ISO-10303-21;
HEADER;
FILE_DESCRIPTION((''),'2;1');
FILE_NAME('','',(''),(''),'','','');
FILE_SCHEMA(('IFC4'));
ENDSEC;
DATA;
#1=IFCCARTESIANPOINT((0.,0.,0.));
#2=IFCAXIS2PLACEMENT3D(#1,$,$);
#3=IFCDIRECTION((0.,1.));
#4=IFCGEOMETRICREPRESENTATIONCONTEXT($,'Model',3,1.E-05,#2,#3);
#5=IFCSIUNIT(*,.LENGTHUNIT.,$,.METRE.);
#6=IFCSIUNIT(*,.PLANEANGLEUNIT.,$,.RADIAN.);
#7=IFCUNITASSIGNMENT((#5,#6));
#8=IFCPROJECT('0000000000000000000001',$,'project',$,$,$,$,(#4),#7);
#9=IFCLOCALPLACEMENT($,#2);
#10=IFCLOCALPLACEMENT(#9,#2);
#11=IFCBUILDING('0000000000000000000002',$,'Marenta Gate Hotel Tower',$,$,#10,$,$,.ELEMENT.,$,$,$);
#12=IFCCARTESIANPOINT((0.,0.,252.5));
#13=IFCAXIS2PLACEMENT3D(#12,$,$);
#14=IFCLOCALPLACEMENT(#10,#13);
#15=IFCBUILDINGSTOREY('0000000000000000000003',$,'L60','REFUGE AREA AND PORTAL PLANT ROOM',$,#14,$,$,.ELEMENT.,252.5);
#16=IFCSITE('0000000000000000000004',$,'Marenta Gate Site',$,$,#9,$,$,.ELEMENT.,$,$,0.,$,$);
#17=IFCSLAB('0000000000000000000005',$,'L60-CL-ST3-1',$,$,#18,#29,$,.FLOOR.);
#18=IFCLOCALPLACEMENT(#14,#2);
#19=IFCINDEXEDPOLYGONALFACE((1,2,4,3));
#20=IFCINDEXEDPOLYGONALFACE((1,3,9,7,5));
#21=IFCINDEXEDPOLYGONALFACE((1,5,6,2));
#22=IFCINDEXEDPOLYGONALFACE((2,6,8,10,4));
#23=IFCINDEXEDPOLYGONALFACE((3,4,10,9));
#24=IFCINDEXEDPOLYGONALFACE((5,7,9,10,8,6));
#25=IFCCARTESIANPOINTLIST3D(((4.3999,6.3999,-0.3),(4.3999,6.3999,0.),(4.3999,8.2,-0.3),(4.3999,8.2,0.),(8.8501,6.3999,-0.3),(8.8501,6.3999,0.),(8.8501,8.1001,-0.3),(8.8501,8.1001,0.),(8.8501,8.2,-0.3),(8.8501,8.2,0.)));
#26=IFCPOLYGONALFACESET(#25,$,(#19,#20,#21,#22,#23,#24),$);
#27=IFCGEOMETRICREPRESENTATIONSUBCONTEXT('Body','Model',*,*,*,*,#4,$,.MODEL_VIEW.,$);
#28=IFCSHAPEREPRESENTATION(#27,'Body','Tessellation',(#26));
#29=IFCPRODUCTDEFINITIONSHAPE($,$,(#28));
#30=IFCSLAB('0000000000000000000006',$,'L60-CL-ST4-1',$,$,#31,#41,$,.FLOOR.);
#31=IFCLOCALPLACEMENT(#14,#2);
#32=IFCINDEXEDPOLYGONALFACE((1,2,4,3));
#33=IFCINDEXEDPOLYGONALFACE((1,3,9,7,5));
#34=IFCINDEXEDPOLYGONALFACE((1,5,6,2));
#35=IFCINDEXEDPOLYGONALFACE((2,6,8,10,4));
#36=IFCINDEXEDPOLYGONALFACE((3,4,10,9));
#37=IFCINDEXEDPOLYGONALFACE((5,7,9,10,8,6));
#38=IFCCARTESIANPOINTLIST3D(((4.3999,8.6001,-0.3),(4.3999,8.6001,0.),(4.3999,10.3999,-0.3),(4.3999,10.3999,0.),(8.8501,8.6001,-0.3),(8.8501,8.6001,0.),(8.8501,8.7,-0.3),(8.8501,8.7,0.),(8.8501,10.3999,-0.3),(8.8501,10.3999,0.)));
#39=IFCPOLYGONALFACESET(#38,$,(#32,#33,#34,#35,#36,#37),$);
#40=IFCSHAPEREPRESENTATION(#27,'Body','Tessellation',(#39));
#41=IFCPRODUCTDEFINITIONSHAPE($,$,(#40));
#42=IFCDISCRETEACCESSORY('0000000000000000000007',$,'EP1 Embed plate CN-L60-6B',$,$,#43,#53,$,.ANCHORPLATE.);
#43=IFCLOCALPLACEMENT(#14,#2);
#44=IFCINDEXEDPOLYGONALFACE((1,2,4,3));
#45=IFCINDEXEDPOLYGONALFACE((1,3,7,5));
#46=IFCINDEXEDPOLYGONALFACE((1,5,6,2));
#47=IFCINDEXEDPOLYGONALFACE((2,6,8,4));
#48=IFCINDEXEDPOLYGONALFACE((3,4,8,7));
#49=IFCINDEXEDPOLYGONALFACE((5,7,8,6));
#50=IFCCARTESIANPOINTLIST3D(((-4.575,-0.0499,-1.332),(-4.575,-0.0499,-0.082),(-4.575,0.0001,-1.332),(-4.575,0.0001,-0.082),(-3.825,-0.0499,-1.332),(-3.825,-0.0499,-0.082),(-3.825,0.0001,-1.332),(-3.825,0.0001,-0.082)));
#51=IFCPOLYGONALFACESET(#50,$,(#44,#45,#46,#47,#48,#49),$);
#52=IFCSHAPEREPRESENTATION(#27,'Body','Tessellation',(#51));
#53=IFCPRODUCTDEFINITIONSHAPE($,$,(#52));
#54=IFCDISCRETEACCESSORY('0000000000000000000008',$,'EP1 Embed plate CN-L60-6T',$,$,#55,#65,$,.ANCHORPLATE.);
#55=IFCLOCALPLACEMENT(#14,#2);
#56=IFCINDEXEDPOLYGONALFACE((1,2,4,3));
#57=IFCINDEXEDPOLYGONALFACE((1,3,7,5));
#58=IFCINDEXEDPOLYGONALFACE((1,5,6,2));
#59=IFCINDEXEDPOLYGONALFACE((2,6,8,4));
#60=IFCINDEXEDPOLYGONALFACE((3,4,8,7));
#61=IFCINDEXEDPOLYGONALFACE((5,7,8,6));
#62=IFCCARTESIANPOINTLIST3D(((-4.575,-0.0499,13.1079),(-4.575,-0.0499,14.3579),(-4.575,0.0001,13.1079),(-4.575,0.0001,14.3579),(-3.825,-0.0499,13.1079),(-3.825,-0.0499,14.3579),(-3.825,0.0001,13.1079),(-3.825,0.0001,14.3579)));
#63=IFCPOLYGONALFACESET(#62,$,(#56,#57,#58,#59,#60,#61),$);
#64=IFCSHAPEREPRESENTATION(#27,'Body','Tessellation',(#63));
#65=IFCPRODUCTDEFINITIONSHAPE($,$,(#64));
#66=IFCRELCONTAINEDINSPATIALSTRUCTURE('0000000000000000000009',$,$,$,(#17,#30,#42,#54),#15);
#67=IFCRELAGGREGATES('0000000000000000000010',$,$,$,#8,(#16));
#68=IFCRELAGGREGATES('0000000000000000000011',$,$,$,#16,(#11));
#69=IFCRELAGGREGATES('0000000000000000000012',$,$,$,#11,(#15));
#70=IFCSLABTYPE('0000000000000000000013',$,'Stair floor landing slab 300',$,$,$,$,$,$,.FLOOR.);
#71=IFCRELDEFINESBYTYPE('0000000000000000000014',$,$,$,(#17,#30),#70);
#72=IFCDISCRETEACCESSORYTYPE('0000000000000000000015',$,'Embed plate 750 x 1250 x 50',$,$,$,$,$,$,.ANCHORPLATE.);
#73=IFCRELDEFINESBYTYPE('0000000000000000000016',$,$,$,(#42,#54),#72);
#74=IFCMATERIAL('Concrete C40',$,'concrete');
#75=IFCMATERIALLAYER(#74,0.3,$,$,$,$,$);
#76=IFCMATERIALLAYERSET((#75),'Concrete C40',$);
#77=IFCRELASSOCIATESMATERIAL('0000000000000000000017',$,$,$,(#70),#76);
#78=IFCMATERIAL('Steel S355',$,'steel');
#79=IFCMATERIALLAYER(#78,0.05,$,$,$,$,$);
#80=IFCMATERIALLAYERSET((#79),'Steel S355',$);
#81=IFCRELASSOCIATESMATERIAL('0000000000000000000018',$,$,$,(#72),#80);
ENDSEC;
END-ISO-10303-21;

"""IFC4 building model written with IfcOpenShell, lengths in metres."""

from ifc_helpers import new_model, si_unit, direction, frame, origin, origin_2d, place, context, subcontext, project, spatial, polyline, rectangle, outline, extrude, material, layer, layer_set, type_object, element, save


model = new_model("IFC4")

# Units and contexts
model_context = context("Model", 3, precision=1e-05, world=origin(), true_north=direction((0.0, 1.0)))
body_context = subcontext(model_context, "Body", "Model", "MODEL_VIEW")
ifc_project = project(units=[si_unit("LENGTHUNIT", "METRE"), si_unit("PLANEANGLEUNIT", "RADIAN")], contexts=[model_context])

# Site, building, storey
site_placement = place(None, origin())
site = spatial("IfcSite", under=ifc_project, at=site_placement, Name="Marenta Gate Site", CompositionType="ELEMENT", RefElevation=0.0)
building_placement = place(site_placement, origin())
building = spatial("IfcBuilding", under=site, at=building_placement, Name="Marenta Gate Hotel Tower", CompositionType="ELEMENT")
storey_placement = place(building_placement, frame((0.0, 0.0, 252.5)))
storey = spatial("IfcBuildingStorey", under=building, at=storey_placement, Name="L60", Description="REFUGE AREA AND PORTAL PLANT ROOM", CompositionType="ELEMENT", Elevation=252.5)

# Slabs
ifc_material_1 = material(Name="Concrete C40", Category="concrete")
ifc_layer_1 = layer(ifc_material_1, 0.3)
ifc_layer_set_1 = layer_set([ifc_layer_1], Name="Concrete C40")
slab_type_1 = type_object("IfcSlabType", Name="Stair floor landing slab 300", PredefinedType="FLOOR", material=ifc_layer_set_1)
slab_1_placement = place(storey_placement, frame((0.0, 0.0, -0.3)))
element("IfcSlab", 1, at=slab_1_placement, inside=storey, type_object=slab_type_1, Name="L60-CL-ST3-1", PredefinedType="FLOOR", context=body_context, shape_type="SweptSolid", body=[
    extrude(outline(polyline([(4.3999, 6.3999), (4.3999, 8.2), (8.8501, 8.2), (8.8501, 8.1001), (8.8501, 6.3999), (4.3999, 6.3999)])), origin(), (0.0, 0.0, 1.0), 0.3),
])
slab_2_placement = place(storey_placement, frame((0.0, 0.0, -0.3)))
element("IfcSlab", 2, at=slab_2_placement, inside=storey, type_object=slab_type_1, Name="L60-CL-ST4-1", PredefinedType="FLOOR", context=body_context, shape_type="SweptSolid", body=[
    extrude(outline(polyline([(4.3999, 8.6001), (4.3999, 10.3999), (8.8501, 10.3999), (8.8501, 8.7), (8.8501, 8.6001), (4.3999, 8.6001)])), origin(), (0.0, 0.0, 1.0), 0.3),
])

# Discrete accessories
ifc_material_2 = material(Name="Steel S355", Category="steel")
ifc_layer_2 = layer(ifc_material_2, 0.05)
ifc_layer_set_2 = layer_set([ifc_layer_2], Name="Steel S355")
discrete_accessory_type = type_object("IfcDiscreteAccessoryType", Name="Embed plate 750 x 1250 x 50", PredefinedType="ANCHORPLATE", material=ifc_layer_set_2)
for number, where, z_axis, x_axis, name in (
    (3, (-4.2, -0.0249, -1.332), (0.0, 0.0, 1.0), (1.0, 0.0, 0.0), "EP1 Embed plate CN-L60-6B"),
    (4, (-4.2, -0.0249, 13.1079), (0.0, 0.0, 1.0), (1.0, 0.0, 0.0), "EP1 Embed plate CN-L60-6T"),
):
    element("IfcDiscreteAccessory", number, at=place(storey_placement, frame(where, z_axis=z_axis, x_axis=x_axis)), inside=storey, type_object=discrete_accessory_type, Name=name, PredefinedType="ANCHORPLATE", context=body_context, shape_type="SweptSolid", body=[
        extrude(rectangle(XDim=0.75, YDim=0.05, at=origin_2d()), origin(), (0.0, 0.0, 1.0), 1.25),
    ])

save(model, "model.ifc")
